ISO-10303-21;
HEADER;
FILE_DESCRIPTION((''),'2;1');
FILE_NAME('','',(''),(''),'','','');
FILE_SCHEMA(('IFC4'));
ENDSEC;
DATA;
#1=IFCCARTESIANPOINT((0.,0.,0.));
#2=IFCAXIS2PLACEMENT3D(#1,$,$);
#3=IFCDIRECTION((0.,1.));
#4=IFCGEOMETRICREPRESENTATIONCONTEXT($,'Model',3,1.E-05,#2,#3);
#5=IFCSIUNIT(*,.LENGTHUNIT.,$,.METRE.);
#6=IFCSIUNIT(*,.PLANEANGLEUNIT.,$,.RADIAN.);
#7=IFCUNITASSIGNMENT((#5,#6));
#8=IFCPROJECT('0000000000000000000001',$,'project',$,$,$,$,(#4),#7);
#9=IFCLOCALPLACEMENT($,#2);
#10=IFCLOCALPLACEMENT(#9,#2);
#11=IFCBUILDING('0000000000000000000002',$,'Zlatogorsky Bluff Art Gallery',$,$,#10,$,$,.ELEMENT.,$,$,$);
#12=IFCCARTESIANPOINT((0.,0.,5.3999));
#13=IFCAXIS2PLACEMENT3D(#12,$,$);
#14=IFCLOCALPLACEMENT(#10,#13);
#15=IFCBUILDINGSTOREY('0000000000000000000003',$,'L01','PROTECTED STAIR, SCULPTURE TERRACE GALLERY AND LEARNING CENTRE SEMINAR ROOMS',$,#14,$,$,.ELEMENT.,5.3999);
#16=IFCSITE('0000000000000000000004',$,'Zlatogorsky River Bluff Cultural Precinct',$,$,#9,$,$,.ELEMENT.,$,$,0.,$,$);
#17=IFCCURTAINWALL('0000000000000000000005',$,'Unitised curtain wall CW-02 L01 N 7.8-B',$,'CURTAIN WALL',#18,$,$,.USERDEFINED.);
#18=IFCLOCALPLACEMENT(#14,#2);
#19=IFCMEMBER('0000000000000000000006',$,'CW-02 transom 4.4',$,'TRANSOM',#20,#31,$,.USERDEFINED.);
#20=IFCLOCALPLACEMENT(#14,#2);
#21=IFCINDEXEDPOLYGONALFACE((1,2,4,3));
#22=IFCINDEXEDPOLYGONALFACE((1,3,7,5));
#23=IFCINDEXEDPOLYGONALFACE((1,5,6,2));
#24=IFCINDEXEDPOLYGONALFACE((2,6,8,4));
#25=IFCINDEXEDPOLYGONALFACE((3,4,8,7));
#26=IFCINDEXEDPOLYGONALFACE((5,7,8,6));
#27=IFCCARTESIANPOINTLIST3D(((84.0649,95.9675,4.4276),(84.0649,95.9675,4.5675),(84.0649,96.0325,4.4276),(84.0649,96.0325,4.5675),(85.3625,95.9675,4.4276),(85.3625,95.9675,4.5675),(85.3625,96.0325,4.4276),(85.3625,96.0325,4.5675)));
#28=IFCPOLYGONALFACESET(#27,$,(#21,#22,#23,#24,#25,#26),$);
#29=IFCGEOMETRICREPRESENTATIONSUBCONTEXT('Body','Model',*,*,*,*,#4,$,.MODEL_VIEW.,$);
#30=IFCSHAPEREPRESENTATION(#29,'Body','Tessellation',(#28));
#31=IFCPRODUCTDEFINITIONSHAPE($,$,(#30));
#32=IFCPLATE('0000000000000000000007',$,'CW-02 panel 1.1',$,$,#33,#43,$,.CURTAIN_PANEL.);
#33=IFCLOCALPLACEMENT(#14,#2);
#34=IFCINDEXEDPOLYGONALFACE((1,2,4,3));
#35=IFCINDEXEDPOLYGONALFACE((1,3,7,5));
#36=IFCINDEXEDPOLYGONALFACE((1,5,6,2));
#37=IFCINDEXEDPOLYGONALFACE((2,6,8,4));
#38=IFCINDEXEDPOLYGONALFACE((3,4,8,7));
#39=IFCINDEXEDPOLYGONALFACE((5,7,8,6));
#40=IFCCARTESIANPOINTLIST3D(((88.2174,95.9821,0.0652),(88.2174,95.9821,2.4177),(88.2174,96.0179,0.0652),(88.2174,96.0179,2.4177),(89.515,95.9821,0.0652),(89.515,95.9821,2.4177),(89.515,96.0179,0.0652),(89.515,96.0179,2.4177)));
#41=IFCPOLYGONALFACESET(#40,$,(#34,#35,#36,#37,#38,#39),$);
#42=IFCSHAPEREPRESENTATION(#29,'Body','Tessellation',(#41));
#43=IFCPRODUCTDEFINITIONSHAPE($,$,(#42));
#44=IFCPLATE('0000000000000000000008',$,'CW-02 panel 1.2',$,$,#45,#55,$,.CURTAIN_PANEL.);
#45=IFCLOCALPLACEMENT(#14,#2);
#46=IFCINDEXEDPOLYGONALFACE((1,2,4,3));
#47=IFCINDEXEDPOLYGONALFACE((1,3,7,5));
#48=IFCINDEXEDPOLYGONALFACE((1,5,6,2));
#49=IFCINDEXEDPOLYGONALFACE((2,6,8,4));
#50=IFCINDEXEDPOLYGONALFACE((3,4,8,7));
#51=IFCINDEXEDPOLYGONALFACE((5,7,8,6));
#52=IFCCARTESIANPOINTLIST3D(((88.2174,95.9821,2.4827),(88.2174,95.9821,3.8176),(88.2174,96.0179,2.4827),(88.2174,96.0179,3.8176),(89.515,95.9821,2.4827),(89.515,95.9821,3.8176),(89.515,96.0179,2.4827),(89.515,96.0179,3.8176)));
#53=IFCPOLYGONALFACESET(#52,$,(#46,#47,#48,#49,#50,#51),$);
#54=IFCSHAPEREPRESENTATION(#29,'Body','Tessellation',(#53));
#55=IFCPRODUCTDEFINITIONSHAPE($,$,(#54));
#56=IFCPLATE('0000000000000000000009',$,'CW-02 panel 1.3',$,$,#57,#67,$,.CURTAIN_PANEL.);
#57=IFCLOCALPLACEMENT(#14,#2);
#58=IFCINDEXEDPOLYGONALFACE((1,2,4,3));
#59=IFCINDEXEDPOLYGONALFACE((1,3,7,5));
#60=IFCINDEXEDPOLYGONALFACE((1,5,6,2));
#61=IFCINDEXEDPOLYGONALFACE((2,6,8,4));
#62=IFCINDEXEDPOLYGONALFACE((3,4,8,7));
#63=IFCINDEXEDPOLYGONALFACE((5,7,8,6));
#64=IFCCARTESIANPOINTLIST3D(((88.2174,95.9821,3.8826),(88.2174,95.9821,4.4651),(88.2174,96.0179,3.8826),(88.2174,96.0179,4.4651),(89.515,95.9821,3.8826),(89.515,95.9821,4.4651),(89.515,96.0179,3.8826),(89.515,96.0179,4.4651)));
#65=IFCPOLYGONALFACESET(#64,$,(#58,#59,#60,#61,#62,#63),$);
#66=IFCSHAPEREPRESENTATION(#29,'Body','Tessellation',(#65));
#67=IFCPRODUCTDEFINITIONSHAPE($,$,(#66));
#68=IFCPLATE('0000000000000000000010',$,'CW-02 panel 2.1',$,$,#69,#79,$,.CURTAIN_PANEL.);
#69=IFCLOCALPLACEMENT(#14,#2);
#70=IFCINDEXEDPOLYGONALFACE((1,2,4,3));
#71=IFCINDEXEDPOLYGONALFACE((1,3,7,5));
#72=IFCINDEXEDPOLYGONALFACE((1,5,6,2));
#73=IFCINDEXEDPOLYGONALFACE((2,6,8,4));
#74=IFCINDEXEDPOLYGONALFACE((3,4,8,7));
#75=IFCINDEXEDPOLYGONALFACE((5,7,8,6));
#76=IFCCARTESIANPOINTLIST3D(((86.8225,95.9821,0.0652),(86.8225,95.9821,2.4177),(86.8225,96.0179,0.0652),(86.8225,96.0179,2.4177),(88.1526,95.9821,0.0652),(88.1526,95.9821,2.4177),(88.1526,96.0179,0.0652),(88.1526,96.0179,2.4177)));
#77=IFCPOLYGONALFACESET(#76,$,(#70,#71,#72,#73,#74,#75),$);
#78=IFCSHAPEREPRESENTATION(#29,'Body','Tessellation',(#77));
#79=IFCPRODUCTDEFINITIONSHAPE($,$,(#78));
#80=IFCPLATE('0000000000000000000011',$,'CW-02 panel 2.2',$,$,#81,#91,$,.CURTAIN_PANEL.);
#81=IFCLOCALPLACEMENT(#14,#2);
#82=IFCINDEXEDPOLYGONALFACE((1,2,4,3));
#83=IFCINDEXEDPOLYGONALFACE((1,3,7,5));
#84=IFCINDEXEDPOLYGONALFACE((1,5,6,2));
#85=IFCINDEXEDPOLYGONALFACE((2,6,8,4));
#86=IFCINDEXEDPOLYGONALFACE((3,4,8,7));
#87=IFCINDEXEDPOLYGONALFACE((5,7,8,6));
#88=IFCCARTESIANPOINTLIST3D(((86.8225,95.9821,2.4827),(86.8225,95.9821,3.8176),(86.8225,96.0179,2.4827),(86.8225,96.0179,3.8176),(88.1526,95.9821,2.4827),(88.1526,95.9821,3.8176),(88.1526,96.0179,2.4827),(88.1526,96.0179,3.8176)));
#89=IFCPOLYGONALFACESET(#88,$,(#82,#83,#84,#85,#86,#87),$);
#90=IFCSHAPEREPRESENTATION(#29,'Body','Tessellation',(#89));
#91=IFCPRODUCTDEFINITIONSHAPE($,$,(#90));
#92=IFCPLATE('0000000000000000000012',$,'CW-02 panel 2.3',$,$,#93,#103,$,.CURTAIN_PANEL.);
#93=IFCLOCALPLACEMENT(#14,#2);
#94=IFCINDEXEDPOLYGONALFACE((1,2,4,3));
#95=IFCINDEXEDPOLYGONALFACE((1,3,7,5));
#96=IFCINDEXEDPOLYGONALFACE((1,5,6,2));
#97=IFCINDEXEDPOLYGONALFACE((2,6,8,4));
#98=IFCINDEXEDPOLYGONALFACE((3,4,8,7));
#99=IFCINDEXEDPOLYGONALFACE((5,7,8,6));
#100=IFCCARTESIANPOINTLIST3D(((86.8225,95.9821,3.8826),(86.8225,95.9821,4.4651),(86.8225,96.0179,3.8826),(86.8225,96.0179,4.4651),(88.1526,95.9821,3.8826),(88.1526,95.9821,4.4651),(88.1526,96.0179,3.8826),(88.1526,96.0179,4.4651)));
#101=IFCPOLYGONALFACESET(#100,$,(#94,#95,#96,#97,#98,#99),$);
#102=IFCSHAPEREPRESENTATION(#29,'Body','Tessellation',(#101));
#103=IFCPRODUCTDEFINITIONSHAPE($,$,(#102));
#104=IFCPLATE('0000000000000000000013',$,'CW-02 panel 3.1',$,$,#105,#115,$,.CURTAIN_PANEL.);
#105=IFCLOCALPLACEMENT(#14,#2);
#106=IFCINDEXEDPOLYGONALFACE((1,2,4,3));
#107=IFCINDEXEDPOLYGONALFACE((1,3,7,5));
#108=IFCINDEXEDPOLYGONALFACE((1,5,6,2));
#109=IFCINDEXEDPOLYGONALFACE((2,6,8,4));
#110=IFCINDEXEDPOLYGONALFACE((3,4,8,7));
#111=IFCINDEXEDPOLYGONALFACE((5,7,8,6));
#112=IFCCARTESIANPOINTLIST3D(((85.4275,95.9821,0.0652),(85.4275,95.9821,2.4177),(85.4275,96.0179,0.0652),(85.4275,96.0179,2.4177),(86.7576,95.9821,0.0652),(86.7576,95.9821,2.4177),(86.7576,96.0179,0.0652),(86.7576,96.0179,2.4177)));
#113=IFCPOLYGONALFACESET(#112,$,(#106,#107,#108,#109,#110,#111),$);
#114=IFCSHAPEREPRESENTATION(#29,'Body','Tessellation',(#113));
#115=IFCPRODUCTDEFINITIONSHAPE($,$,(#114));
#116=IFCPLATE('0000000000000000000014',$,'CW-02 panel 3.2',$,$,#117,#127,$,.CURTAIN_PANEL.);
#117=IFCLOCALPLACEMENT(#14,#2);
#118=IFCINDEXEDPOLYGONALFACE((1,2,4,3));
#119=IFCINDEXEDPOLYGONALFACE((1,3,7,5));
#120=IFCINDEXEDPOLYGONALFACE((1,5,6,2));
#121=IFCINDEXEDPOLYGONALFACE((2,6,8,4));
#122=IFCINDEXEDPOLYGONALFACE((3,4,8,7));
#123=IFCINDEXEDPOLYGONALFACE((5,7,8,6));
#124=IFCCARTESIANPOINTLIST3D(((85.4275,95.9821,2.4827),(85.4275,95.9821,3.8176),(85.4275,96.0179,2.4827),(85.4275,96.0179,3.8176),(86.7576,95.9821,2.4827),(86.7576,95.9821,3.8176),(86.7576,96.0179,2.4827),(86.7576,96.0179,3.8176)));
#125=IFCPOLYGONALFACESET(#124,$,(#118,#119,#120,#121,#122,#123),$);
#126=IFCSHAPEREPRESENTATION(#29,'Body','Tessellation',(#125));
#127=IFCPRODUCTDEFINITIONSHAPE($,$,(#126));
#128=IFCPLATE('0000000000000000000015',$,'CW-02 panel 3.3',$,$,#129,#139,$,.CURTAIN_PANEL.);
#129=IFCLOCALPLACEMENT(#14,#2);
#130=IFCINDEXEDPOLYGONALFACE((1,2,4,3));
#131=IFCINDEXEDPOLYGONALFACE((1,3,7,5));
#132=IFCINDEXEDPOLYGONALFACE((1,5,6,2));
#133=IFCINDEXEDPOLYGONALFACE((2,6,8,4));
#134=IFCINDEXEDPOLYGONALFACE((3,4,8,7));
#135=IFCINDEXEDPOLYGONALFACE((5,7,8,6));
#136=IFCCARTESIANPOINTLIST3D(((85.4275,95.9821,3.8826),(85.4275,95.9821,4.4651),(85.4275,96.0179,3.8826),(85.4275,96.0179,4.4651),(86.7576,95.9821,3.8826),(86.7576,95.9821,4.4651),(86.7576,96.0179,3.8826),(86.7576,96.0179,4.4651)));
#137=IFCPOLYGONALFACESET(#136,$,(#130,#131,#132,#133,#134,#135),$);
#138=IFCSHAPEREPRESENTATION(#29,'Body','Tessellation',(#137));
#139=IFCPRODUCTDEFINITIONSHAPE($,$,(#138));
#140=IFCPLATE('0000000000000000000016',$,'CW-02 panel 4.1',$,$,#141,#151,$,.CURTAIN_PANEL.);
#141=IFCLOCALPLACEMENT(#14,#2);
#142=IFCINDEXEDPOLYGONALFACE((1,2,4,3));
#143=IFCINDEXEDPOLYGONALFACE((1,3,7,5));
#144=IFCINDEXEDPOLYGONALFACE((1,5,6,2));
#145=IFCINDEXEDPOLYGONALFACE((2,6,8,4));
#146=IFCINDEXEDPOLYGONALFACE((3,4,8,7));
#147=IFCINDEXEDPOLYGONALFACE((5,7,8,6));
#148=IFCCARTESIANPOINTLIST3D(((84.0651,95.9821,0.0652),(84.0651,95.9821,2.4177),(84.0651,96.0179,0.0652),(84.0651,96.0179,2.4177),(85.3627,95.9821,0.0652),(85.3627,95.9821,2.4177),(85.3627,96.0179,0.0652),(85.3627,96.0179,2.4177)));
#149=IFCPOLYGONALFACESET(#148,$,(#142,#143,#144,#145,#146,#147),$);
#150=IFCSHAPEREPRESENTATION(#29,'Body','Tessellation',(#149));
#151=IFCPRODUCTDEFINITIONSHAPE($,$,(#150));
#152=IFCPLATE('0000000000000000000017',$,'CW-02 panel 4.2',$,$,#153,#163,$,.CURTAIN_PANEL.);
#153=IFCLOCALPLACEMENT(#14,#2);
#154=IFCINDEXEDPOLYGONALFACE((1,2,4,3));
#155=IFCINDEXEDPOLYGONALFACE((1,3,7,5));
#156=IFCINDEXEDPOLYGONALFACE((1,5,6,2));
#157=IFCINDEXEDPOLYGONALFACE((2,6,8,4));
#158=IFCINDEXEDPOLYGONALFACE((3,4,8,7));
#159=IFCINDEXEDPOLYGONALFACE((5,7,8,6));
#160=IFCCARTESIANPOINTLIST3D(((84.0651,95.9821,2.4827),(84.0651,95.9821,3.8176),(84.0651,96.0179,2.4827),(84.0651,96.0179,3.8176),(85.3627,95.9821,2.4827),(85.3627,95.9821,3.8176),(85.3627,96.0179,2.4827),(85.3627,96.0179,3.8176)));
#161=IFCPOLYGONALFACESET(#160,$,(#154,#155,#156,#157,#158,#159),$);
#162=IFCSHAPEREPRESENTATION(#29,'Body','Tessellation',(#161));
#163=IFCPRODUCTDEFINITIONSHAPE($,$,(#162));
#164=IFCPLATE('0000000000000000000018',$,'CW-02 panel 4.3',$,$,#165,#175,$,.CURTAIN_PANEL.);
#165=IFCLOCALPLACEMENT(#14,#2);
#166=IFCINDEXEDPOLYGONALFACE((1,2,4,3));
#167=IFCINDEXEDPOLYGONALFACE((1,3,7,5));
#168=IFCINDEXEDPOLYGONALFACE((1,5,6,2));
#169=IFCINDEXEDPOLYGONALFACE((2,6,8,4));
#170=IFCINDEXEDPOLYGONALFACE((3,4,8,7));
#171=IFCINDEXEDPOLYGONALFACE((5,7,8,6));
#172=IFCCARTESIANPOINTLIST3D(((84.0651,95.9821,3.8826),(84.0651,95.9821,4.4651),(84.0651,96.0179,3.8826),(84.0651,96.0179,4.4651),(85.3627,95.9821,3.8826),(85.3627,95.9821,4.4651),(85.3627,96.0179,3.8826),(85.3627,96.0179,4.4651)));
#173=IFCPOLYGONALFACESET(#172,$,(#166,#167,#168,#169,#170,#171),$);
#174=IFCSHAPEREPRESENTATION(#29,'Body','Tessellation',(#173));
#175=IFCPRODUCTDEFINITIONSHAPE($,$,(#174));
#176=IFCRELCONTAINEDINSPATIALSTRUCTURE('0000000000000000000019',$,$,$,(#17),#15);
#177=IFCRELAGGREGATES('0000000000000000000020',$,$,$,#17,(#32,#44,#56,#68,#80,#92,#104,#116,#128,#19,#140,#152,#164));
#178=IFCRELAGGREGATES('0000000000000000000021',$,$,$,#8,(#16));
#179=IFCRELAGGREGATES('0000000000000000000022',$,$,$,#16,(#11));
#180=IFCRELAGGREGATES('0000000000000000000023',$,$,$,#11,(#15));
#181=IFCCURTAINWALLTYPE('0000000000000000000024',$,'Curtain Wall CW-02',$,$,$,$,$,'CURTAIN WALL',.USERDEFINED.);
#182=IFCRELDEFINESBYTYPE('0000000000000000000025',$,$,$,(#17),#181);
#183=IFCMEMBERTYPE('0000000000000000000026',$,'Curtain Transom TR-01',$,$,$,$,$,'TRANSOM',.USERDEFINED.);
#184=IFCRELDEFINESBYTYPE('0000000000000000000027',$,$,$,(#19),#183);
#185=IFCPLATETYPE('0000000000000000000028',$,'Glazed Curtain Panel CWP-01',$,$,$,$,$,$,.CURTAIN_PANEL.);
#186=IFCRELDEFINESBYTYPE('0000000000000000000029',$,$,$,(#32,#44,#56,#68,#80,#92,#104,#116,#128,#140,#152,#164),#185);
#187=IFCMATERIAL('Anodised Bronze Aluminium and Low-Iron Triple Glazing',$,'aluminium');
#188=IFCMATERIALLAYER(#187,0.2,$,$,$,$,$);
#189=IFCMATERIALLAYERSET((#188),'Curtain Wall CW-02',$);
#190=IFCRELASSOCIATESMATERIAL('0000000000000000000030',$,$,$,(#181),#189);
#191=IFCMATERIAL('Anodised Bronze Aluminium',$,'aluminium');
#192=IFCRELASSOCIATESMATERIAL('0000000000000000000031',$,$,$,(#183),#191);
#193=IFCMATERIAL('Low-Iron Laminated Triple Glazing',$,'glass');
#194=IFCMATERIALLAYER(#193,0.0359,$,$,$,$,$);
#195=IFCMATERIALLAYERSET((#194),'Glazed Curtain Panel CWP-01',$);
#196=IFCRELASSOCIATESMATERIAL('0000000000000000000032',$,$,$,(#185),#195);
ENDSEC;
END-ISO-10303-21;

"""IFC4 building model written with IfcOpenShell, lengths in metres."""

from ifc_helpers import new_model, si_unit, direction, frame, origin, origin_2d, place, context, subcontext, project, spatial, rectangle, extrude, material, layer, layer_set, material_profile, profile_set, type_object, element, aggregate, save


model = new_model("IFC4")

# Units and contexts
model_context = context("Model", 3, precision=1e-05, world=origin(), true_north=direction((0.0, 1.0)))
body_context = subcontext(model_context, "Body", "Model", "MODEL_VIEW")
ifc_project = project(units=[si_unit("LENGTHUNIT", "METRE"), si_unit("PLANEANGLEUNIT", "RADIAN")], contexts=[model_context])

# Site, building, storey
site_placement = place(None, origin())
site = spatial("IfcSite", under=ifc_project, at=site_placement, Name="Zlatogorsky River Bluff Cultural Precinct", CompositionType="ELEMENT", RefElevation=0.0)
building_placement = place(site_placement, origin())
building = spatial("IfcBuilding", under=site, at=building_placement, Name="Zlatogorsky Bluff Art Gallery", CompositionType="ELEMENT")
storey_placement = place(building_placement, frame((0.0, 0.0, 5.3999)))
storey = spatial("IfcBuildingStorey", under=building, at=storey_placement, Name="L01", Description="PROTECTED STAIR, SCULPTURE TERRACE GALLERY AND LEARNING CENTRE SEMINAR ROOMS", CompositionType="ELEMENT", Elevation=5.3999)

# Curtain wall, member, plates
ifc_material_1 = material(Name="Anodised Bronze Aluminium and Low-Iron Triple Glazing", Category="aluminium")
ifc_layer_1 = layer(ifc_material_1, 0.2)
ifc_layer_set_1 = layer_set([ifc_layer_1], Name="Curtain Wall CW-02")
curtain_wall_type = type_object("IfcCurtainWallType", Name="Curtain Wall CW-02", ElementType="CURTAIN WALL", PredefinedType="USERDEFINED", material=ifc_layer_set_1)
curtain_wall_placement = place(storey_placement, origin())
curtain_wall = element("IfcCurtainWall", 1, at=curtain_wall_placement, inside=storey, type_object=curtain_wall_type, Name="Unitised curtain wall CW-02 L01 N 7.8-B", ObjectType="CURTAIN WALL", PredefinedType="USERDEFINED")
ifc_material_2 = material(Name="Anodised Bronze Aluminium", Category="aluminium")
ifc_material_profile_1 = material_profile(ifc_material_2, rectangle(XDim=0.0649, YDim=0.1399, at=origin_2d()), Name="ALU TRANSOM 65x140")
ifc_profile_set_1 = profile_set([ifc_material_profile_1], Name="Anodised Bronze Aluminium")
member_type_1 = type_object("IfcMemberType", Name="Curtain Transom TR-01", ElementType="TRANSOM", PredefinedType="USERDEFINED", material=ifc_profile_set_1)
member_1_placement = place(storey_placement, frame((85.3625, 96.0, 4.4976), z_axis=(-1.0, 0.0, 0.0), x_axis=(0.0, -1.0, 0.0)))
member_1 = element("IfcMember", 2, at=member_1_placement, type_object=member_type_1, Name="CW-02 transom 4.4", ObjectType="TRANSOM", PredefinedType="USERDEFINED", context=body_context, shape_type="SweptSolid", body=[
    extrude(rectangle(XDim=0.0649, YDim=0.1399, at=origin_2d()), origin(), (0.0, 0.0, 1.0), 1.2976),
])
ifc_material_3 = material(Name="Low-Iron Laminated Triple Glazing", Category="glass")
ifc_layer_2 = layer(ifc_material_3, 0.0359)
ifc_layer_set_2 = layer_set([ifc_layer_2], Name="Glazed Curtain Panel CWP-01")
plate_type = type_object("IfcPlateType", Name="Glazed Curtain Panel CWP-01", PredefinedType="CURTAIN_PANEL", material=ifc_layer_set_2)
plate_1_placement = place(storey_placement, frame((88.8662, 96.0, 0.0652), z_axis=(0.0, 0.0, 1.0), x_axis=(-1.0, 0.0, 0.0)))
plate_1 = element("IfcPlate", 3, at=plate_1_placement, type_object=plate_type, Name="CW-02 panel 1.1", PredefinedType="CURTAIN_PANEL", context=body_context, shape_type="SweptSolid", body=[
    extrude(rectangle(XDim=1.2976, YDim=0.0359, at=origin_2d()), origin(), (0.0, 0.0, 1.0), 2.3525),
])
plate_2_placement = place(storey_placement, frame((88.8662, 96.0, 2.4827), z_axis=(0.0, 0.0, 1.0), x_axis=(-1.0, 0.0, 0.0)))
plate_2 = element("IfcPlate", 4, at=plate_2_placement, type_object=plate_type, Name="CW-02 panel 1.2", PredefinedType="CURTAIN_PANEL", context=body_context, shape_type="SweptSolid", body=[
    extrude(rectangle(XDim=1.2976, YDim=0.0359, at=origin_2d()), origin(), (0.0, 0.0, 1.0), 1.335),
])
plate_3_placement = place(storey_placement, frame((88.8662, 96.0, 3.8826), z_axis=(0.0, 0.0, 1.0), x_axis=(-1.0, 0.0, 0.0)))
plate_3 = element("IfcPlate", 5, at=plate_3_placement, type_object=plate_type, Name="CW-02 panel 1.3", PredefinedType="CURTAIN_PANEL", context=body_context, shape_type="SweptSolid", body=[
    extrude(rectangle(XDim=1.2976, YDim=0.0359, at=origin_2d()), origin(), (0.0, 0.0, 1.0), 0.5825),
])
plate_4_placement = place(storey_placement, frame((87.4875, 96.0, 0.0652), z_axis=(0.0, 0.0, 1.0), x_axis=(-1.0, 0.0, 0.0)))
plate_4 = element("IfcPlate", 6, at=plate_4_placement, type_object=plate_type, Name="CW-02 panel 2.1", PredefinedType="CURTAIN_PANEL", context=body_context, shape_type="SweptSolid", body=[
    extrude(rectangle(XDim=1.3301, YDim=0.0359, at=origin_2d()), origin(), (0.0, 0.0, 1.0), 2.3525),
])
plate_5_placement = place(storey_placement, frame((87.4875, 96.0, 2.4827), z_axis=(0.0, 0.0, 1.0), x_axis=(-1.0, 0.0, 0.0)))
plate_5 = element("IfcPlate", 7, at=plate_5_placement, type_object=plate_type, Name="CW-02 panel 2.2", PredefinedType="CURTAIN_PANEL", context=body_context, shape_type="SweptSolid", body=[
    extrude(rectangle(XDim=1.3301, YDim=0.0359, at=origin_2d()), origin(), (0.0, 0.0, 1.0), 1.335),
])
plate_6_placement = place(storey_placement, frame((87.4875, 96.0, 3.8826), z_axis=(0.0, 0.0, 1.0), x_axis=(-1.0, 0.0, 0.0)))
plate_6 = element("IfcPlate", 8, at=plate_6_placement, type_object=plate_type, Name="CW-02 panel 2.3", PredefinedType="CURTAIN_PANEL", context=body_context, shape_type="SweptSolid", body=[
    extrude(rectangle(XDim=1.3301, YDim=0.0359, at=origin_2d()), origin(), (0.0, 0.0, 1.0), 0.5825),
])
plate_7_placement = place(storey_placement, frame((86.0925, 96.0, 0.0652), z_axis=(0.0, 0.0, 1.0), x_axis=(-1.0, 0.0, 0.0)))
plate_7 = element("IfcPlate", 9, at=plate_7_placement, type_object=plate_type, Name="CW-02 panel 3.1", PredefinedType="CURTAIN_PANEL", context=body_context, shape_type="SweptSolid", body=[
    extrude(rectangle(XDim=1.3301, YDim=0.0359, at=origin_2d()), origin(), (0.0, 0.0, 1.0), 2.3525),
])
plate_8_placement = place(storey_placement, frame((86.0925, 96.0, 2.4827), z_axis=(0.0, 0.0, 1.0), x_axis=(-1.0, 0.0, 0.0)))
plate_8 = element("IfcPlate", 10, at=plate_8_placement, type_object=plate_type, Name="CW-02 panel 3.2", PredefinedType="CURTAIN_PANEL", context=body_context, shape_type="SweptSolid", body=[
    extrude(rectangle(XDim=1.3301, YDim=0.0359, at=origin_2d()), origin(), (0.0, 0.0, 1.0), 1.335),
])
plate_9_placement = place(storey_placement, frame((86.0925, 96.0, 3.8826), z_axis=(0.0, 0.0, 1.0), x_axis=(-1.0, 0.0, 0.0)))
plate_9 = element("IfcPlate", 11, at=plate_9_placement, type_object=plate_type, Name="CW-02 panel 3.3", PredefinedType="CURTAIN_PANEL", context=body_context, shape_type="SweptSolid", body=[
    extrude(rectangle(XDim=1.3301, YDim=0.0359, at=origin_2d()), origin(), (0.0, 0.0, 1.0), 0.5825),
])
plate_10_placement = place(storey_placement, frame((84.7139, 96.0, 0.0652), z_axis=(0.0, 0.0, 1.0), x_axis=(-1.0, 0.0, 0.0)))
plate_10 = element("IfcPlate", 12, at=plate_10_placement, type_object=plate_type, Name="CW-02 panel 4.1", PredefinedType="CURTAIN_PANEL", context=body_context, shape_type="SweptSolid", body=[
    extrude(rectangle(XDim=1.2976, YDim=0.0359, at=origin_2d()), origin(), (0.0, 0.0, 1.0), 2.3525),
])
plate_11_placement = place(storey_placement, frame((84.7139, 96.0, 2.4827), z_axis=(0.0, 0.0, 1.0), x_axis=(-1.0, 0.0, 0.0)))
plate_11 = element("IfcPlate", 13, at=plate_11_placement, type_object=plate_type, Name="CW-02 panel 4.2", PredefinedType="CURTAIN_PANEL", context=body_context, shape_type="SweptSolid", body=[
    extrude(rectangle(XDim=1.2976, YDim=0.0359, at=origin_2d()), origin(), (0.0, 0.0, 1.0), 1.335),
])
plate_12_placement = place(storey_placement, frame((84.7139, 96.0, 3.8826), z_axis=(0.0, 0.0, 1.0), x_axis=(-1.0, 0.0, 0.0)))
plate_12 = element("IfcPlate", 14, at=plate_12_placement, type_object=plate_type, Name="CW-02 panel 4.3", PredefinedType="CURTAIN_PANEL", context=body_context, shape_type="SweptSolid", body=[
    extrude(rectangle(XDim=1.2976, YDim=0.0359, at=origin_2d()), origin(), (0.0, 0.0, 1.0), 0.5825),
])
aggregate(curtain_wall, [plate_1, plate_2, plate_3, plate_4, plate_5, plate_6, plate_7, plate_8, plate_9, member_1, plate_10, plate_11, plate_12])

save(model, "model.ifc")
